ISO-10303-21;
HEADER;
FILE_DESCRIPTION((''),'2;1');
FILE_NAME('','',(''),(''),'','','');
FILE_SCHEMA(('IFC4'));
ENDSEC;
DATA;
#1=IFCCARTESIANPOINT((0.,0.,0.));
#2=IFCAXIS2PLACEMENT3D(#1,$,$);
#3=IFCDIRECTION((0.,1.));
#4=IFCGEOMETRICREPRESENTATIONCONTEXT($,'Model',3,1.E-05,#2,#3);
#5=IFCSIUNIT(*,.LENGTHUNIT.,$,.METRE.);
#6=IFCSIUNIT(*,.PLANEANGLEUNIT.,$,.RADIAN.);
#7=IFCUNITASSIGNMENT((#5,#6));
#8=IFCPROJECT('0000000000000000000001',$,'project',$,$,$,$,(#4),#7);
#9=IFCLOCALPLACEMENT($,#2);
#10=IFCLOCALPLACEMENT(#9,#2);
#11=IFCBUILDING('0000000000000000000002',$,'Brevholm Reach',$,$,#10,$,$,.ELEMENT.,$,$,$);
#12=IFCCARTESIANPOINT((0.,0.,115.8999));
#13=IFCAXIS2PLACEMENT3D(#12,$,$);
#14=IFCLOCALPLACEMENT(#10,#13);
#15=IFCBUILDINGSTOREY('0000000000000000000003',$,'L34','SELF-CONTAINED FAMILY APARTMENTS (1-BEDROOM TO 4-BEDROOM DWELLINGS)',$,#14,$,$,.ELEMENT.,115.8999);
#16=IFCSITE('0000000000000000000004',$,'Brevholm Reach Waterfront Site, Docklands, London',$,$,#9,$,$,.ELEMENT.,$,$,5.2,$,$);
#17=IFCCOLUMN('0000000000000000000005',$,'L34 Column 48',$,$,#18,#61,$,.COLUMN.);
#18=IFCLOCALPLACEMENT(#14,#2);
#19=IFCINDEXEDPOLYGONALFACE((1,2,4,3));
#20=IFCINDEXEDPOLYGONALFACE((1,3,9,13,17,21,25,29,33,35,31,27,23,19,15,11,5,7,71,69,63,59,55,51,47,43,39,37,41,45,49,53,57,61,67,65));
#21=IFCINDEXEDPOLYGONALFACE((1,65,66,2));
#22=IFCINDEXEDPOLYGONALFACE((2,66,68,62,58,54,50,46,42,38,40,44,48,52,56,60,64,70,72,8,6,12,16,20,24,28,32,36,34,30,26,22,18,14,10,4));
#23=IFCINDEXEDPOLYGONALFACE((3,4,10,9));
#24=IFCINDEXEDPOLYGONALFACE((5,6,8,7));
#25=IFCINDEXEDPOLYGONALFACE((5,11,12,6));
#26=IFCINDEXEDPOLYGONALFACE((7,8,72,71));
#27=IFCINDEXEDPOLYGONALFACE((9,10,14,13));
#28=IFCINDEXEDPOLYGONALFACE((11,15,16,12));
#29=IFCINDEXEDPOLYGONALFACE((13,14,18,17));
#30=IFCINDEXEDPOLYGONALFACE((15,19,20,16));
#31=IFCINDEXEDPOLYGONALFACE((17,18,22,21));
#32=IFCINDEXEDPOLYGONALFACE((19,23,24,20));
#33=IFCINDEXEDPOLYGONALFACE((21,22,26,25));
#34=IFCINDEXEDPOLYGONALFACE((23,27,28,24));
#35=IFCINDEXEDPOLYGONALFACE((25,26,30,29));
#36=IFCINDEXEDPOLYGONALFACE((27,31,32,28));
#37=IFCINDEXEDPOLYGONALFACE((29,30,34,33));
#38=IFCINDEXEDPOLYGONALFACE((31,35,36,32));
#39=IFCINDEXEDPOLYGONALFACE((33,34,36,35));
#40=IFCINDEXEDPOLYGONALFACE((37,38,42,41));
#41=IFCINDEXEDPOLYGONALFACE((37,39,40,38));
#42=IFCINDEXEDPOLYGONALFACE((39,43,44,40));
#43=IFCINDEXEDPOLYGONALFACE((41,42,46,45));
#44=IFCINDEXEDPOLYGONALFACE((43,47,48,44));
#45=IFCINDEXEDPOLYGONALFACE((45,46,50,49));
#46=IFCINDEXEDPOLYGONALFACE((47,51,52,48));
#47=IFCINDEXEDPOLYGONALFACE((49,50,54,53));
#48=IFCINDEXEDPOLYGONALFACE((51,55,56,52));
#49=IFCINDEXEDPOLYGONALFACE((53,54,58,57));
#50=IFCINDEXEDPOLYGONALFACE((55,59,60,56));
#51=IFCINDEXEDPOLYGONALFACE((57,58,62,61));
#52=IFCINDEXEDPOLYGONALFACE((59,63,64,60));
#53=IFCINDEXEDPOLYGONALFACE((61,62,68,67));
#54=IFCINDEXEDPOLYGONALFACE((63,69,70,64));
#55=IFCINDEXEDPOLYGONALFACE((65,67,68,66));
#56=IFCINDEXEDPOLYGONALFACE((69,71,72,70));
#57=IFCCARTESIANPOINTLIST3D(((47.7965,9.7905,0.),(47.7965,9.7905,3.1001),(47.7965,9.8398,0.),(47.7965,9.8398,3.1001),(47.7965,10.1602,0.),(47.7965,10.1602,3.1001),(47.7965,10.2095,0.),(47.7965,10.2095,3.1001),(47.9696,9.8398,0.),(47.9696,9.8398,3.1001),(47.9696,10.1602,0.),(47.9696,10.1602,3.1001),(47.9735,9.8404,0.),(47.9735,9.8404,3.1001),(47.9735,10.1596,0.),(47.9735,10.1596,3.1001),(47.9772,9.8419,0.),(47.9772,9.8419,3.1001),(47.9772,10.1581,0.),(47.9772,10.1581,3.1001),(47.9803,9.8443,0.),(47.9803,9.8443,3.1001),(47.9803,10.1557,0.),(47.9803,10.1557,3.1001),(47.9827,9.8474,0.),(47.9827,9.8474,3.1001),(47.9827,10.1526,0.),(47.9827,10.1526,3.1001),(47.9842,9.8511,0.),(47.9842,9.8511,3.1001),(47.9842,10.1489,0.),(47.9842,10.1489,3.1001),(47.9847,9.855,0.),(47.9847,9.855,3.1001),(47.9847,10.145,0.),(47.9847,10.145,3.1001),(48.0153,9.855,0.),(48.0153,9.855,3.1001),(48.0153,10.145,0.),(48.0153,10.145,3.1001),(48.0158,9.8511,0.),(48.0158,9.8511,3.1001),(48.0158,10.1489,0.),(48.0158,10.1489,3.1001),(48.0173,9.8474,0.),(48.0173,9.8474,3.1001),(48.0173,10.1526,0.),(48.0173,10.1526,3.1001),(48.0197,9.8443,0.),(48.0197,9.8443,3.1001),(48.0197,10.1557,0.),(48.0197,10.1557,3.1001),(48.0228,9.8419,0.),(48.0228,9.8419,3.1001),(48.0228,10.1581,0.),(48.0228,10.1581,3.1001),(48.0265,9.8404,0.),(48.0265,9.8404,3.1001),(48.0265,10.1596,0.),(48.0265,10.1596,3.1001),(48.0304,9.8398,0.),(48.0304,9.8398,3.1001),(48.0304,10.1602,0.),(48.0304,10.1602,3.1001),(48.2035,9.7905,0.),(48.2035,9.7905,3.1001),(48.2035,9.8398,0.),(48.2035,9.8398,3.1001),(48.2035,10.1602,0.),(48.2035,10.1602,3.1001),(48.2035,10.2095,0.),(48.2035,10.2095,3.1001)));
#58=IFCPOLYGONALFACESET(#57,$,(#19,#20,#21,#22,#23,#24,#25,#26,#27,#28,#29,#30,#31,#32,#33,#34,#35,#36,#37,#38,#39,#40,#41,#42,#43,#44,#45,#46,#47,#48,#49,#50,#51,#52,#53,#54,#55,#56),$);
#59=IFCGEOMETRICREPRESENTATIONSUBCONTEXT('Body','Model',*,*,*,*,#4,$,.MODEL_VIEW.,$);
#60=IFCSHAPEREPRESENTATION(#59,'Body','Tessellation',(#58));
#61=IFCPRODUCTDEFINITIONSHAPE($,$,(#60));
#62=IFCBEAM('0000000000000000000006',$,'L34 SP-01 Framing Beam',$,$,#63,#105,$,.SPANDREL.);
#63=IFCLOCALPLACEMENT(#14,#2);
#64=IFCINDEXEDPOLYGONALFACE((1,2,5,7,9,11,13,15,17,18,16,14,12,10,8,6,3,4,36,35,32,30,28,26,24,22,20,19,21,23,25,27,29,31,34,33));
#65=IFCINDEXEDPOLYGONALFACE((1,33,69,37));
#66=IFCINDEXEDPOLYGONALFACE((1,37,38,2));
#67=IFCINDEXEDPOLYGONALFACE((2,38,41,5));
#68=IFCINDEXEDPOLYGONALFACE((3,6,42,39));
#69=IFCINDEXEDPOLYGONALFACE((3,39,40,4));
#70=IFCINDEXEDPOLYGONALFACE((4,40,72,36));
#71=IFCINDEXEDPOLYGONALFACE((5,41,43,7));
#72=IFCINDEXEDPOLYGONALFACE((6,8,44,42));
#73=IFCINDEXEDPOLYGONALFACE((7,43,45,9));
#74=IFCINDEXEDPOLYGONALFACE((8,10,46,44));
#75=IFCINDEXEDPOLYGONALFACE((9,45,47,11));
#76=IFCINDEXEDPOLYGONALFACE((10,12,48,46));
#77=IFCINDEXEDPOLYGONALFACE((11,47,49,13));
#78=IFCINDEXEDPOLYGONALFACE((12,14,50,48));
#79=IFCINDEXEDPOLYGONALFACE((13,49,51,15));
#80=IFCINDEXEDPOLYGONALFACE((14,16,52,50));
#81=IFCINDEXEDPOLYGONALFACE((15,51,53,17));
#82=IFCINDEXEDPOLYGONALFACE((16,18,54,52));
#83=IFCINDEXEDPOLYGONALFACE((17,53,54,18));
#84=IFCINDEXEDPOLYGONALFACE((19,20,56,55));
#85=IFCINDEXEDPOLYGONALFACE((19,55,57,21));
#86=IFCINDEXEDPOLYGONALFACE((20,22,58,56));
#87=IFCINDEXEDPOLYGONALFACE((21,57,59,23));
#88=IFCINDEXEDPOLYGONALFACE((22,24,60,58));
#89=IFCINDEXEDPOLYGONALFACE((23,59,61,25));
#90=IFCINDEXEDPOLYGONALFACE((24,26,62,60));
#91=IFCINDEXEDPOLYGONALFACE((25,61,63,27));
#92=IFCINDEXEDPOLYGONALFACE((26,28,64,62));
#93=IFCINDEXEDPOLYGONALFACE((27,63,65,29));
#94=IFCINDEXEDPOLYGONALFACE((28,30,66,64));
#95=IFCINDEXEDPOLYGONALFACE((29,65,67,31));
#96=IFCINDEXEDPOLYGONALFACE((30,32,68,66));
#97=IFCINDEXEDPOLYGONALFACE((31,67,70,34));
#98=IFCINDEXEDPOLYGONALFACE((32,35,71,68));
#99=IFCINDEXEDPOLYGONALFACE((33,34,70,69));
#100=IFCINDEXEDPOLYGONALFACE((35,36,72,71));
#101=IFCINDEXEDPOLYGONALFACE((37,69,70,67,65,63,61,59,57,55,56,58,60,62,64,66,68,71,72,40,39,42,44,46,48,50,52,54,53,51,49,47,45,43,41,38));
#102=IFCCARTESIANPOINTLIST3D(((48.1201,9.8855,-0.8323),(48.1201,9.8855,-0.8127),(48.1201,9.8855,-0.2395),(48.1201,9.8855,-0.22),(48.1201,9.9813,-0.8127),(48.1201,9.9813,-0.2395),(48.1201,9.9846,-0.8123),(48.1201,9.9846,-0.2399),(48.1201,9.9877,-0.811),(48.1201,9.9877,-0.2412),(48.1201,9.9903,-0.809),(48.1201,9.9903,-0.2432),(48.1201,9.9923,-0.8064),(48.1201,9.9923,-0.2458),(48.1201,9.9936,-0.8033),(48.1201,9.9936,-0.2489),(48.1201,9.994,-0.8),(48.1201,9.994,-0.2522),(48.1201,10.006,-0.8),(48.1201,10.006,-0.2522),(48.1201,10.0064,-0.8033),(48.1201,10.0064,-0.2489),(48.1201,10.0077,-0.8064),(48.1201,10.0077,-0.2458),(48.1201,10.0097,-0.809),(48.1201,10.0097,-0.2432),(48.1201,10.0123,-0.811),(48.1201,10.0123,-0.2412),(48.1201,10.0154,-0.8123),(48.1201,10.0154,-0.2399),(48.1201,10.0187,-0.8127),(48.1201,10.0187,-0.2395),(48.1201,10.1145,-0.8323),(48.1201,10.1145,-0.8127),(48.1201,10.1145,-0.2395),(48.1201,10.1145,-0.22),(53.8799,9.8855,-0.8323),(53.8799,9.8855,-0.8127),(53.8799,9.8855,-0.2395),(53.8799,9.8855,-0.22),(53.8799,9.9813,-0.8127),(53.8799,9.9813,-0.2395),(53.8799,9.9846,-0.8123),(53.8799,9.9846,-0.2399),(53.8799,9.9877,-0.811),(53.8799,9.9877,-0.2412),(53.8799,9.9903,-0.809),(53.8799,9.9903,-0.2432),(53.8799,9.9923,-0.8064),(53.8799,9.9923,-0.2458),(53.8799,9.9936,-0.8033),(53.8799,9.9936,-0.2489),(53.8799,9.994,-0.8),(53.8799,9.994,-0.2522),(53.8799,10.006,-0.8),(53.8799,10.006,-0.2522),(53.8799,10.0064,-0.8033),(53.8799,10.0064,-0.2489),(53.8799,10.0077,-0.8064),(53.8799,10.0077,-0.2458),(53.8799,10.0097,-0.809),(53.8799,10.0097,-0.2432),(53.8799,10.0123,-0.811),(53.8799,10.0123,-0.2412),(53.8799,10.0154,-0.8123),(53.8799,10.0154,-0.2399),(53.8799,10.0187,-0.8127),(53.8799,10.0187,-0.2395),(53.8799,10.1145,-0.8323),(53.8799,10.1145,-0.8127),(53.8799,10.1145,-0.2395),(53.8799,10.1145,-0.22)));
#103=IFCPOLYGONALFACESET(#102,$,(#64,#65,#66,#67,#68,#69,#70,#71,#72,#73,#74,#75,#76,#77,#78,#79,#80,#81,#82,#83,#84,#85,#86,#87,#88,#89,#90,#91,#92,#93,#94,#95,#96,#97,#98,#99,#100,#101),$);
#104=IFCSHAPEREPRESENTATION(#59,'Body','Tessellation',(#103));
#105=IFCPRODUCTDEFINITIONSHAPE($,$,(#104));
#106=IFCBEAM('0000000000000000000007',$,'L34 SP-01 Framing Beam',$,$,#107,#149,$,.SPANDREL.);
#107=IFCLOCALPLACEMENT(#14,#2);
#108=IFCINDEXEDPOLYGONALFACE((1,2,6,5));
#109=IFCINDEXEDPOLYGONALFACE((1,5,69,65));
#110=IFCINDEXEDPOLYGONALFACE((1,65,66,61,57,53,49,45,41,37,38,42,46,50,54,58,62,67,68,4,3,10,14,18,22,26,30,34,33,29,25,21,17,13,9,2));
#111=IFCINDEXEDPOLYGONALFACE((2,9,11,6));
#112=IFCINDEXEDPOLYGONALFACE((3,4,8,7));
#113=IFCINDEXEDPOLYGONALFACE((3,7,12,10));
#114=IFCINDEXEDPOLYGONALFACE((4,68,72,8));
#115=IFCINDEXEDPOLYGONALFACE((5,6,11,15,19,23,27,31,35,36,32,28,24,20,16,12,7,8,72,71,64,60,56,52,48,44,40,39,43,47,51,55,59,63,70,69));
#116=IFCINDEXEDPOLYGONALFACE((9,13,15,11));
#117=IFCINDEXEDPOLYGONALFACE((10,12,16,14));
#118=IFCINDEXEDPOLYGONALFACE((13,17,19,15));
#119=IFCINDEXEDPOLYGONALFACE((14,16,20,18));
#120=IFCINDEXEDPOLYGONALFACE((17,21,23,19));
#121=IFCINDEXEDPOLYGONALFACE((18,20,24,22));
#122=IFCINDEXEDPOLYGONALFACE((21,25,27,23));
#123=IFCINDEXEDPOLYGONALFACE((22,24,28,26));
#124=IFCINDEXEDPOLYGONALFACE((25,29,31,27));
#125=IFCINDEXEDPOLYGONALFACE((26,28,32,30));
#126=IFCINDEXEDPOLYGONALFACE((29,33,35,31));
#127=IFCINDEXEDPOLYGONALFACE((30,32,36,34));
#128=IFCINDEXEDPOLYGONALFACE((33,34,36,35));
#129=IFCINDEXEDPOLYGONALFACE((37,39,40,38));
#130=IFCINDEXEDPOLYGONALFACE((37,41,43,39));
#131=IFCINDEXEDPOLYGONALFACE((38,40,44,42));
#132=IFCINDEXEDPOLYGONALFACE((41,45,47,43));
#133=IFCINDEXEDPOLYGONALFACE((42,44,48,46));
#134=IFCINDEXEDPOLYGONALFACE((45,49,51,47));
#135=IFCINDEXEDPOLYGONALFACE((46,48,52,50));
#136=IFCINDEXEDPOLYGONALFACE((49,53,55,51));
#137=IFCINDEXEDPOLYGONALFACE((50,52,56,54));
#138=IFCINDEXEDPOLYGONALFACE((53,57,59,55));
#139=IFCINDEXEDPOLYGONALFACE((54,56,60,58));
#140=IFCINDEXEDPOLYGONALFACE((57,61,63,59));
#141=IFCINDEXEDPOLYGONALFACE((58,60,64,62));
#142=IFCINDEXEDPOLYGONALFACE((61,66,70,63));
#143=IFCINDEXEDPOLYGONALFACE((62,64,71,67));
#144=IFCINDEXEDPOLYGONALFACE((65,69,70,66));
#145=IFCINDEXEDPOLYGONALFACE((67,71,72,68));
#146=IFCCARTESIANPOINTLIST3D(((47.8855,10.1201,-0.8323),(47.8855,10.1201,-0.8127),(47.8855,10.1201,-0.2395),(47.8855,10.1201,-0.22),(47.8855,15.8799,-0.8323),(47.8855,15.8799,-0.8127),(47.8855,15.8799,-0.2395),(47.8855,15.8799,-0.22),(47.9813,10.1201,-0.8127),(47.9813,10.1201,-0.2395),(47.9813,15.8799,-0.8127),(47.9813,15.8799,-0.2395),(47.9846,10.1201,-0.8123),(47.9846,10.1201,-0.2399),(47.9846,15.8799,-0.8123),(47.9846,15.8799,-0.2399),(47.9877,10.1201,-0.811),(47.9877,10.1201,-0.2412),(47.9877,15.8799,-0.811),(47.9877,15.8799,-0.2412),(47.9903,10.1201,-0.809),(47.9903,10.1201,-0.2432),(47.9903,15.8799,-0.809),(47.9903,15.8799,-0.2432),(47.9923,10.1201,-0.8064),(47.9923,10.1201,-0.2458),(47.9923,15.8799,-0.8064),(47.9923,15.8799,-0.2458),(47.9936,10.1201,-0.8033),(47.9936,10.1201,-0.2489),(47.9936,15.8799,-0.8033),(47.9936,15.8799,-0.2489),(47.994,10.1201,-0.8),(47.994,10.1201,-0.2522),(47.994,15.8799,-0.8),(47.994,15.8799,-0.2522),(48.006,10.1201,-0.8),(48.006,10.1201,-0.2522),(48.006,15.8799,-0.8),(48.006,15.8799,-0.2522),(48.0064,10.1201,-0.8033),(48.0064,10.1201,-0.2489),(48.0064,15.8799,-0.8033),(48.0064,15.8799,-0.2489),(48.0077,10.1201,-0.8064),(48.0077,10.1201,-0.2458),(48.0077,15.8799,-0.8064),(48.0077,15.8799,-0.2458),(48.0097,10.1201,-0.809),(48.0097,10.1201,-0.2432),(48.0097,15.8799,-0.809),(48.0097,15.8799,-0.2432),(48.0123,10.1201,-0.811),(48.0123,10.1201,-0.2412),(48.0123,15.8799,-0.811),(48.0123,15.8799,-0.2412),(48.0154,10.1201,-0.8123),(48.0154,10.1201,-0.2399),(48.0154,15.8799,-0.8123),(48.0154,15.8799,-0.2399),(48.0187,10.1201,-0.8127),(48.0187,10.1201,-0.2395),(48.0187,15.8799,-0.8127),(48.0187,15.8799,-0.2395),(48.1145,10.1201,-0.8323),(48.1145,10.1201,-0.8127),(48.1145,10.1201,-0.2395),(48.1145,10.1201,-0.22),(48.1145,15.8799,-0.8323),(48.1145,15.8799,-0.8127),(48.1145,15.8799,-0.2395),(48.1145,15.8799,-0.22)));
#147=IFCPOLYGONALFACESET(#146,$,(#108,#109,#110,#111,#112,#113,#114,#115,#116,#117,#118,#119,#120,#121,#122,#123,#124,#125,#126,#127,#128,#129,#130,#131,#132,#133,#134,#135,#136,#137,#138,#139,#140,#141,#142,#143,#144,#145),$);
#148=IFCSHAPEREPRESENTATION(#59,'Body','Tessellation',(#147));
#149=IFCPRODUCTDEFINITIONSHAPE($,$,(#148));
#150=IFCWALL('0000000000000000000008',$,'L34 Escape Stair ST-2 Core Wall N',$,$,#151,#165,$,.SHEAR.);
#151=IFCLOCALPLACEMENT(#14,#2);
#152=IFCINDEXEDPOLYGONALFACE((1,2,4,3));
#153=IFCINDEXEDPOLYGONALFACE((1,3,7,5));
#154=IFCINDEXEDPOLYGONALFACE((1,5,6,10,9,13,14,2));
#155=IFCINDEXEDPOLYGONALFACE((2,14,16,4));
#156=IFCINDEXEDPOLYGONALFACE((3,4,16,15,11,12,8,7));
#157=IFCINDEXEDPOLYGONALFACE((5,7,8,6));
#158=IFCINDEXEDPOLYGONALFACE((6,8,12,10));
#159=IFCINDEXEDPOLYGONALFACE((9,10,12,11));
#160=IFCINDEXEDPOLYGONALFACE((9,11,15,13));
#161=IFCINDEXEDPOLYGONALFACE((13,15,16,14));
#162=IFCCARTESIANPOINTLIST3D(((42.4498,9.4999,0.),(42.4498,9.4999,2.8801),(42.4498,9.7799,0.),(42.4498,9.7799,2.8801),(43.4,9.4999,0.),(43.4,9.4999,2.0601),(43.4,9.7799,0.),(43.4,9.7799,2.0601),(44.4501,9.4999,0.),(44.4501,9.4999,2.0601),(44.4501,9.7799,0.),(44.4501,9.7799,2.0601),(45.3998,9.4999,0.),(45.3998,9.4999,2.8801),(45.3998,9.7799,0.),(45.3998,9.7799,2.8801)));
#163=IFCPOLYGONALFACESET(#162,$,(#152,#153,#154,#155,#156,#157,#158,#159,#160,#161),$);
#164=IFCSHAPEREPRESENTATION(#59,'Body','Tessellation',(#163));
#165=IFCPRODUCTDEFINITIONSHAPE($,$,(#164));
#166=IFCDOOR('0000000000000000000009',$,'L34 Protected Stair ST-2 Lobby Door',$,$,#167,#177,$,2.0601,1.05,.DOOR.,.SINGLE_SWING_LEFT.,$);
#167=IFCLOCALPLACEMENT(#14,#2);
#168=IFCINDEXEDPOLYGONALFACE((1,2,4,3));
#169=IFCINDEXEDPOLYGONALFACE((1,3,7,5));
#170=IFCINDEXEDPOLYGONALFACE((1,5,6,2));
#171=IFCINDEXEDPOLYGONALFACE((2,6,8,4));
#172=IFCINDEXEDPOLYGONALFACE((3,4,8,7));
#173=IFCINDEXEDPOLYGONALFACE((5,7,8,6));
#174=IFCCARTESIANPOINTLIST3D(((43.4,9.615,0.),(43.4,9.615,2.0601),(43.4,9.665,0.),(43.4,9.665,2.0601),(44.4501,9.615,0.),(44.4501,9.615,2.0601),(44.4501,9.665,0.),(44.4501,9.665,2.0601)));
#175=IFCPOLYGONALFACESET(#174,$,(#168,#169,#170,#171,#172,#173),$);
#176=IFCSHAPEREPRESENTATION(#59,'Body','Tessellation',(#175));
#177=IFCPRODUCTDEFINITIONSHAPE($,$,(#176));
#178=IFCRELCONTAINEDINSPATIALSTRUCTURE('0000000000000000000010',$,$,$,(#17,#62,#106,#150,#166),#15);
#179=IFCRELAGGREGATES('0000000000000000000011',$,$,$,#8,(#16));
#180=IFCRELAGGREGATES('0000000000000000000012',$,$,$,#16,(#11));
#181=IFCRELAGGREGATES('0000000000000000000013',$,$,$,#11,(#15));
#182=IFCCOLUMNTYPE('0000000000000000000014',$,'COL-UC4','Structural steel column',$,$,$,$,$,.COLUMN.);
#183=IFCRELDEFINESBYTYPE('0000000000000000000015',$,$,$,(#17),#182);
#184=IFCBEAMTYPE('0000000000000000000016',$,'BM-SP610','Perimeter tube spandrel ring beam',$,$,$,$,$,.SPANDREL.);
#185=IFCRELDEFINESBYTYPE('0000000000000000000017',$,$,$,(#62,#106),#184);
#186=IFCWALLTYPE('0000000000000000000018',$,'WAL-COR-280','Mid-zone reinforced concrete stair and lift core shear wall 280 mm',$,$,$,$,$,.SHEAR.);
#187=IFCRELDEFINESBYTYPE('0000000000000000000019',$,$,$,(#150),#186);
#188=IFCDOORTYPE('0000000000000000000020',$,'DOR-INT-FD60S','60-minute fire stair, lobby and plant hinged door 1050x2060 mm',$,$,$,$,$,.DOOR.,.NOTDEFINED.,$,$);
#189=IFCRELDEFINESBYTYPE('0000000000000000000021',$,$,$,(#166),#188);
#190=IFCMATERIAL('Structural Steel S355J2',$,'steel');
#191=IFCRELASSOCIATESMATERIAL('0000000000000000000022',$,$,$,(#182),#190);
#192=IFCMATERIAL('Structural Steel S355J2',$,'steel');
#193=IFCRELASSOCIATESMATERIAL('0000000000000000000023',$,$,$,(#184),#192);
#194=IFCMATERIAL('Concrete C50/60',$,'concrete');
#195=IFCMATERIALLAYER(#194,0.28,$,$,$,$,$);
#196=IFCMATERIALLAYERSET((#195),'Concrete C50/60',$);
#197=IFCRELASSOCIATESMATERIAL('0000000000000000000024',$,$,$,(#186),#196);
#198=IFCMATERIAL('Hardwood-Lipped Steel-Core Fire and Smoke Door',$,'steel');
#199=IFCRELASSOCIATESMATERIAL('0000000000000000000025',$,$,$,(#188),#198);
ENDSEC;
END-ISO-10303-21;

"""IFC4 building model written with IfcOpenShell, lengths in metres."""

from ifc_helpers import new_model, si_unit, direction, frame, frame_2d, origin, origin_2d, place, context, subcontext, project, spatial, rectangle, i_section, extrude, material, layer, layer_set, material_profile, profile_set, type_object, element, fill, save


model = new_model("IFC4")

# Units and contexts
model_context = context("Model", 3, precision=1e-05, world=origin(), true_north=direction((0.0, 1.0)))
body_context = subcontext(model_context, "Body", "Model", "MODEL_VIEW")
ifc_project = project(units=[si_unit("LENGTHUNIT", "METRE"), si_unit("PLANEANGLEUNIT", "RADIAN")], contexts=[model_context])

# Site, building, storey
site_placement = place(None, origin())
site = spatial("IfcSite", under=ifc_project, at=site_placement, Name="Brevholm Reach Waterfront Site, Docklands, London", CompositionType="ELEMENT", RefElevation=5.2)
building_placement = place(site_placement, origin())
building = spatial("IfcBuilding", under=site, at=building_placement, Name="Brevholm Reach", CompositionType="ELEMENT")
storey_placement = place(building_placement, frame((0.0, 0.0, 115.8999)))
storey = spatial("IfcBuildingStorey", under=building, at=storey_placement, Name="L34", Description="SELF-CONTAINED FAMILY APARTMENTS (1-BEDROOM TO 4-BEDROOM DWELLINGS)", CompositionType="ELEMENT", Elevation=115.8999)

# Column
ifc_material_1 = material(Name="Structural Steel S355J2", Category="steel")
ifc_material_profile_1 = material_profile(ifc_material_1, i_section(OverallWidth=0.407, OverallDepth=0.4189, WebThickness=0.0305, FlangeThickness=0.0493, FilletRadius=0.0151, at=origin_2d()), Name="UKC 356x406x393")
ifc_profile_set_1 = profile_set([ifc_material_profile_1], Name="Structural Steel S355J2")
column_type = type_object("IfcColumnType", Name="COL-UC4", Description="Structural steel column", PredefinedType="COLUMN", material=ifc_profile_set_1)
column_placement = place(storey_placement, frame((48.0, 10.0, 0.0), z_axis=(0.0, 0.0, 1.0), x_axis=(1.0, 0.0, 0.0)))
element("IfcColumn", 1, at=column_placement, inside=storey, type_object=column_type, Name="L34 Column 48", PredefinedType="COLUMN", context=body_context, shape_type="SweptSolid", body=[
    extrude(i_section(OverallWidth=0.407, OverallDepth=0.4189, WebThickness=0.0305, FlangeThickness=0.0493, FilletRadius=0.0151, at=origin_2d()), origin(), (0.0, 0.0, 1.0), 3.1001),
])

# Beams
ifc_material_2 = material(Name="Structural Steel S355J2", Category="steel")
ifc_material_profile_2 = material_profile(ifc_material_2, i_section(OverallWidth=0.229, OverallDepth=0.6123, WebThickness=0.012, FlangeThickness=0.0195, FilletRadius=0.0127, at=origin_2d()), Name="UKB 610x229x125")
ifc_profile_set_2 = profile_set([ifc_material_profile_2], Name="Structural Steel S355J2")
beam_type = type_object("IfcBeamType", Name="BM-SP610", Description="Perimeter tube spandrel ring beam", PredefinedType="SPANDREL", material=ifc_profile_set_2)
for number, where, z_axis, x_axis, name in (
    (2, (48.1201, 10.0, -0.5261), (1.0, 0.0, 0.0), (0.0, 1.0, 0.0), "L34 SP-01 Framing Beam"),
    (3, (48.0, 10.1201, -0.5261), (0.0, 1.0, 0.0), (-1.0, 0.0, 0.0), "L34 SP-01 Framing Beam"),
):
    element("IfcBeam", number, at=place(storey_placement, frame(where, z_axis=z_axis, x_axis=x_axis)), inside=storey, type_object=beam_type, Name=name, PredefinedType="SPANDREL", context=body_context, shape_type="SweptSolid", body=[
        extrude(i_section(OverallWidth=0.229, OverallDepth=0.6123, WebThickness=0.012, FlangeThickness=0.0195, FilletRadius=0.0127, at=origin_2d()), origin(), (0.0, 0.0, 1.0), 5.7598),
    ])

# Wall, opening, door
ifc_material_3 = material(Name="Concrete C50/60", Category="concrete")
ifc_layer_1 = layer(ifc_material_3, 0.28)
ifc_layer_set_1 = layer_set([ifc_layer_1], Name="Concrete C50/60")
wall_type_1 = type_object("IfcWallType", Name="WAL-COR-280", Description="Mid-zone reinforced concrete stair and lift core shear wall 280 mm", PredefinedType="SHEAR", material=ifc_layer_set_1)
wall_1_placement = place(storey_placement, frame((45.3999, 9.6399, 0.0), z_axis=(0.0, 0.0, 1.0), x_axis=(-1.0, 0.0, 0.0)))
wall_1 = element("IfcWall", 4, at=wall_1_placement, inside=storey, type_object=wall_type_1, Name="L34 Escape Stair ST-2 Core Wall N", PredefinedType="SHEAR", context=body_context, shape_type="SweptSolid", body=[
    extrude(rectangle(XDim=2.95, YDim=0.28, at=frame_2d((1.4751, 0.0))), origin(), (0.0, 0.0, 1.0), 2.8801),
])
opening_1_placement = place(wall_1_placement, frame((0.95, 0.0, 0.0)))
opening_1 = element("IfcOpeningElement", 5, at=opening_1_placement, cuts=wall_1, PredefinedType="OPENING", context=body_context, shape_type="SweptSolid", body=[
    extrude(rectangle(XDim=1.05, YDim=2.0601, at=frame_2d((0.5249, 1.03))), frame((0.0, 0.1499, 0.0), z_axis=(0.0, -1.0, 0.0), x_axis=(1.0, 0.0, 0.0)), (0.0, 0.0, 1.0), 0.3),
])
ifc_material_4 = material(Name="Hardwood-Lipped Steel-Core Fire and Smoke Door", Category="steel")
door_type_1 = type_object("IfcDoorType", Name="DOR-INT-FD60S", Description="60-minute fire stair, lobby and plant hinged door 1050x2060 mm", OperationType="NOTDEFINED", PredefinedType="DOOR", material=ifc_material_4)
door_1_placement = place(opening_1_placement, origin())
door_1 = element("IfcDoor", 6, at=door_1_placement, inside=storey, type_object=door_type_1, Name="L34 Protected Stair ST-2 Lobby Door", OperationType="SINGLE_SWING_LEFT", OverallHeight=2.0601, OverallWidth=1.05, PredefinedType="DOOR", context=body_context, shape_type="SweptSolid", body=[
    extrude(rectangle(XDim=1.05, YDim=2.0601, at=frame_2d((0.5249, 1.03))), frame((0.0, 0.0249, 0.0), z_axis=(0.0, -1.0, 0.0), x_axis=(1.0, 0.0, 0.0)), (0.0, 0.0, 1.0), 0.05),
])
fill(opening_1, door_1)

save(model, "model.ifc")
